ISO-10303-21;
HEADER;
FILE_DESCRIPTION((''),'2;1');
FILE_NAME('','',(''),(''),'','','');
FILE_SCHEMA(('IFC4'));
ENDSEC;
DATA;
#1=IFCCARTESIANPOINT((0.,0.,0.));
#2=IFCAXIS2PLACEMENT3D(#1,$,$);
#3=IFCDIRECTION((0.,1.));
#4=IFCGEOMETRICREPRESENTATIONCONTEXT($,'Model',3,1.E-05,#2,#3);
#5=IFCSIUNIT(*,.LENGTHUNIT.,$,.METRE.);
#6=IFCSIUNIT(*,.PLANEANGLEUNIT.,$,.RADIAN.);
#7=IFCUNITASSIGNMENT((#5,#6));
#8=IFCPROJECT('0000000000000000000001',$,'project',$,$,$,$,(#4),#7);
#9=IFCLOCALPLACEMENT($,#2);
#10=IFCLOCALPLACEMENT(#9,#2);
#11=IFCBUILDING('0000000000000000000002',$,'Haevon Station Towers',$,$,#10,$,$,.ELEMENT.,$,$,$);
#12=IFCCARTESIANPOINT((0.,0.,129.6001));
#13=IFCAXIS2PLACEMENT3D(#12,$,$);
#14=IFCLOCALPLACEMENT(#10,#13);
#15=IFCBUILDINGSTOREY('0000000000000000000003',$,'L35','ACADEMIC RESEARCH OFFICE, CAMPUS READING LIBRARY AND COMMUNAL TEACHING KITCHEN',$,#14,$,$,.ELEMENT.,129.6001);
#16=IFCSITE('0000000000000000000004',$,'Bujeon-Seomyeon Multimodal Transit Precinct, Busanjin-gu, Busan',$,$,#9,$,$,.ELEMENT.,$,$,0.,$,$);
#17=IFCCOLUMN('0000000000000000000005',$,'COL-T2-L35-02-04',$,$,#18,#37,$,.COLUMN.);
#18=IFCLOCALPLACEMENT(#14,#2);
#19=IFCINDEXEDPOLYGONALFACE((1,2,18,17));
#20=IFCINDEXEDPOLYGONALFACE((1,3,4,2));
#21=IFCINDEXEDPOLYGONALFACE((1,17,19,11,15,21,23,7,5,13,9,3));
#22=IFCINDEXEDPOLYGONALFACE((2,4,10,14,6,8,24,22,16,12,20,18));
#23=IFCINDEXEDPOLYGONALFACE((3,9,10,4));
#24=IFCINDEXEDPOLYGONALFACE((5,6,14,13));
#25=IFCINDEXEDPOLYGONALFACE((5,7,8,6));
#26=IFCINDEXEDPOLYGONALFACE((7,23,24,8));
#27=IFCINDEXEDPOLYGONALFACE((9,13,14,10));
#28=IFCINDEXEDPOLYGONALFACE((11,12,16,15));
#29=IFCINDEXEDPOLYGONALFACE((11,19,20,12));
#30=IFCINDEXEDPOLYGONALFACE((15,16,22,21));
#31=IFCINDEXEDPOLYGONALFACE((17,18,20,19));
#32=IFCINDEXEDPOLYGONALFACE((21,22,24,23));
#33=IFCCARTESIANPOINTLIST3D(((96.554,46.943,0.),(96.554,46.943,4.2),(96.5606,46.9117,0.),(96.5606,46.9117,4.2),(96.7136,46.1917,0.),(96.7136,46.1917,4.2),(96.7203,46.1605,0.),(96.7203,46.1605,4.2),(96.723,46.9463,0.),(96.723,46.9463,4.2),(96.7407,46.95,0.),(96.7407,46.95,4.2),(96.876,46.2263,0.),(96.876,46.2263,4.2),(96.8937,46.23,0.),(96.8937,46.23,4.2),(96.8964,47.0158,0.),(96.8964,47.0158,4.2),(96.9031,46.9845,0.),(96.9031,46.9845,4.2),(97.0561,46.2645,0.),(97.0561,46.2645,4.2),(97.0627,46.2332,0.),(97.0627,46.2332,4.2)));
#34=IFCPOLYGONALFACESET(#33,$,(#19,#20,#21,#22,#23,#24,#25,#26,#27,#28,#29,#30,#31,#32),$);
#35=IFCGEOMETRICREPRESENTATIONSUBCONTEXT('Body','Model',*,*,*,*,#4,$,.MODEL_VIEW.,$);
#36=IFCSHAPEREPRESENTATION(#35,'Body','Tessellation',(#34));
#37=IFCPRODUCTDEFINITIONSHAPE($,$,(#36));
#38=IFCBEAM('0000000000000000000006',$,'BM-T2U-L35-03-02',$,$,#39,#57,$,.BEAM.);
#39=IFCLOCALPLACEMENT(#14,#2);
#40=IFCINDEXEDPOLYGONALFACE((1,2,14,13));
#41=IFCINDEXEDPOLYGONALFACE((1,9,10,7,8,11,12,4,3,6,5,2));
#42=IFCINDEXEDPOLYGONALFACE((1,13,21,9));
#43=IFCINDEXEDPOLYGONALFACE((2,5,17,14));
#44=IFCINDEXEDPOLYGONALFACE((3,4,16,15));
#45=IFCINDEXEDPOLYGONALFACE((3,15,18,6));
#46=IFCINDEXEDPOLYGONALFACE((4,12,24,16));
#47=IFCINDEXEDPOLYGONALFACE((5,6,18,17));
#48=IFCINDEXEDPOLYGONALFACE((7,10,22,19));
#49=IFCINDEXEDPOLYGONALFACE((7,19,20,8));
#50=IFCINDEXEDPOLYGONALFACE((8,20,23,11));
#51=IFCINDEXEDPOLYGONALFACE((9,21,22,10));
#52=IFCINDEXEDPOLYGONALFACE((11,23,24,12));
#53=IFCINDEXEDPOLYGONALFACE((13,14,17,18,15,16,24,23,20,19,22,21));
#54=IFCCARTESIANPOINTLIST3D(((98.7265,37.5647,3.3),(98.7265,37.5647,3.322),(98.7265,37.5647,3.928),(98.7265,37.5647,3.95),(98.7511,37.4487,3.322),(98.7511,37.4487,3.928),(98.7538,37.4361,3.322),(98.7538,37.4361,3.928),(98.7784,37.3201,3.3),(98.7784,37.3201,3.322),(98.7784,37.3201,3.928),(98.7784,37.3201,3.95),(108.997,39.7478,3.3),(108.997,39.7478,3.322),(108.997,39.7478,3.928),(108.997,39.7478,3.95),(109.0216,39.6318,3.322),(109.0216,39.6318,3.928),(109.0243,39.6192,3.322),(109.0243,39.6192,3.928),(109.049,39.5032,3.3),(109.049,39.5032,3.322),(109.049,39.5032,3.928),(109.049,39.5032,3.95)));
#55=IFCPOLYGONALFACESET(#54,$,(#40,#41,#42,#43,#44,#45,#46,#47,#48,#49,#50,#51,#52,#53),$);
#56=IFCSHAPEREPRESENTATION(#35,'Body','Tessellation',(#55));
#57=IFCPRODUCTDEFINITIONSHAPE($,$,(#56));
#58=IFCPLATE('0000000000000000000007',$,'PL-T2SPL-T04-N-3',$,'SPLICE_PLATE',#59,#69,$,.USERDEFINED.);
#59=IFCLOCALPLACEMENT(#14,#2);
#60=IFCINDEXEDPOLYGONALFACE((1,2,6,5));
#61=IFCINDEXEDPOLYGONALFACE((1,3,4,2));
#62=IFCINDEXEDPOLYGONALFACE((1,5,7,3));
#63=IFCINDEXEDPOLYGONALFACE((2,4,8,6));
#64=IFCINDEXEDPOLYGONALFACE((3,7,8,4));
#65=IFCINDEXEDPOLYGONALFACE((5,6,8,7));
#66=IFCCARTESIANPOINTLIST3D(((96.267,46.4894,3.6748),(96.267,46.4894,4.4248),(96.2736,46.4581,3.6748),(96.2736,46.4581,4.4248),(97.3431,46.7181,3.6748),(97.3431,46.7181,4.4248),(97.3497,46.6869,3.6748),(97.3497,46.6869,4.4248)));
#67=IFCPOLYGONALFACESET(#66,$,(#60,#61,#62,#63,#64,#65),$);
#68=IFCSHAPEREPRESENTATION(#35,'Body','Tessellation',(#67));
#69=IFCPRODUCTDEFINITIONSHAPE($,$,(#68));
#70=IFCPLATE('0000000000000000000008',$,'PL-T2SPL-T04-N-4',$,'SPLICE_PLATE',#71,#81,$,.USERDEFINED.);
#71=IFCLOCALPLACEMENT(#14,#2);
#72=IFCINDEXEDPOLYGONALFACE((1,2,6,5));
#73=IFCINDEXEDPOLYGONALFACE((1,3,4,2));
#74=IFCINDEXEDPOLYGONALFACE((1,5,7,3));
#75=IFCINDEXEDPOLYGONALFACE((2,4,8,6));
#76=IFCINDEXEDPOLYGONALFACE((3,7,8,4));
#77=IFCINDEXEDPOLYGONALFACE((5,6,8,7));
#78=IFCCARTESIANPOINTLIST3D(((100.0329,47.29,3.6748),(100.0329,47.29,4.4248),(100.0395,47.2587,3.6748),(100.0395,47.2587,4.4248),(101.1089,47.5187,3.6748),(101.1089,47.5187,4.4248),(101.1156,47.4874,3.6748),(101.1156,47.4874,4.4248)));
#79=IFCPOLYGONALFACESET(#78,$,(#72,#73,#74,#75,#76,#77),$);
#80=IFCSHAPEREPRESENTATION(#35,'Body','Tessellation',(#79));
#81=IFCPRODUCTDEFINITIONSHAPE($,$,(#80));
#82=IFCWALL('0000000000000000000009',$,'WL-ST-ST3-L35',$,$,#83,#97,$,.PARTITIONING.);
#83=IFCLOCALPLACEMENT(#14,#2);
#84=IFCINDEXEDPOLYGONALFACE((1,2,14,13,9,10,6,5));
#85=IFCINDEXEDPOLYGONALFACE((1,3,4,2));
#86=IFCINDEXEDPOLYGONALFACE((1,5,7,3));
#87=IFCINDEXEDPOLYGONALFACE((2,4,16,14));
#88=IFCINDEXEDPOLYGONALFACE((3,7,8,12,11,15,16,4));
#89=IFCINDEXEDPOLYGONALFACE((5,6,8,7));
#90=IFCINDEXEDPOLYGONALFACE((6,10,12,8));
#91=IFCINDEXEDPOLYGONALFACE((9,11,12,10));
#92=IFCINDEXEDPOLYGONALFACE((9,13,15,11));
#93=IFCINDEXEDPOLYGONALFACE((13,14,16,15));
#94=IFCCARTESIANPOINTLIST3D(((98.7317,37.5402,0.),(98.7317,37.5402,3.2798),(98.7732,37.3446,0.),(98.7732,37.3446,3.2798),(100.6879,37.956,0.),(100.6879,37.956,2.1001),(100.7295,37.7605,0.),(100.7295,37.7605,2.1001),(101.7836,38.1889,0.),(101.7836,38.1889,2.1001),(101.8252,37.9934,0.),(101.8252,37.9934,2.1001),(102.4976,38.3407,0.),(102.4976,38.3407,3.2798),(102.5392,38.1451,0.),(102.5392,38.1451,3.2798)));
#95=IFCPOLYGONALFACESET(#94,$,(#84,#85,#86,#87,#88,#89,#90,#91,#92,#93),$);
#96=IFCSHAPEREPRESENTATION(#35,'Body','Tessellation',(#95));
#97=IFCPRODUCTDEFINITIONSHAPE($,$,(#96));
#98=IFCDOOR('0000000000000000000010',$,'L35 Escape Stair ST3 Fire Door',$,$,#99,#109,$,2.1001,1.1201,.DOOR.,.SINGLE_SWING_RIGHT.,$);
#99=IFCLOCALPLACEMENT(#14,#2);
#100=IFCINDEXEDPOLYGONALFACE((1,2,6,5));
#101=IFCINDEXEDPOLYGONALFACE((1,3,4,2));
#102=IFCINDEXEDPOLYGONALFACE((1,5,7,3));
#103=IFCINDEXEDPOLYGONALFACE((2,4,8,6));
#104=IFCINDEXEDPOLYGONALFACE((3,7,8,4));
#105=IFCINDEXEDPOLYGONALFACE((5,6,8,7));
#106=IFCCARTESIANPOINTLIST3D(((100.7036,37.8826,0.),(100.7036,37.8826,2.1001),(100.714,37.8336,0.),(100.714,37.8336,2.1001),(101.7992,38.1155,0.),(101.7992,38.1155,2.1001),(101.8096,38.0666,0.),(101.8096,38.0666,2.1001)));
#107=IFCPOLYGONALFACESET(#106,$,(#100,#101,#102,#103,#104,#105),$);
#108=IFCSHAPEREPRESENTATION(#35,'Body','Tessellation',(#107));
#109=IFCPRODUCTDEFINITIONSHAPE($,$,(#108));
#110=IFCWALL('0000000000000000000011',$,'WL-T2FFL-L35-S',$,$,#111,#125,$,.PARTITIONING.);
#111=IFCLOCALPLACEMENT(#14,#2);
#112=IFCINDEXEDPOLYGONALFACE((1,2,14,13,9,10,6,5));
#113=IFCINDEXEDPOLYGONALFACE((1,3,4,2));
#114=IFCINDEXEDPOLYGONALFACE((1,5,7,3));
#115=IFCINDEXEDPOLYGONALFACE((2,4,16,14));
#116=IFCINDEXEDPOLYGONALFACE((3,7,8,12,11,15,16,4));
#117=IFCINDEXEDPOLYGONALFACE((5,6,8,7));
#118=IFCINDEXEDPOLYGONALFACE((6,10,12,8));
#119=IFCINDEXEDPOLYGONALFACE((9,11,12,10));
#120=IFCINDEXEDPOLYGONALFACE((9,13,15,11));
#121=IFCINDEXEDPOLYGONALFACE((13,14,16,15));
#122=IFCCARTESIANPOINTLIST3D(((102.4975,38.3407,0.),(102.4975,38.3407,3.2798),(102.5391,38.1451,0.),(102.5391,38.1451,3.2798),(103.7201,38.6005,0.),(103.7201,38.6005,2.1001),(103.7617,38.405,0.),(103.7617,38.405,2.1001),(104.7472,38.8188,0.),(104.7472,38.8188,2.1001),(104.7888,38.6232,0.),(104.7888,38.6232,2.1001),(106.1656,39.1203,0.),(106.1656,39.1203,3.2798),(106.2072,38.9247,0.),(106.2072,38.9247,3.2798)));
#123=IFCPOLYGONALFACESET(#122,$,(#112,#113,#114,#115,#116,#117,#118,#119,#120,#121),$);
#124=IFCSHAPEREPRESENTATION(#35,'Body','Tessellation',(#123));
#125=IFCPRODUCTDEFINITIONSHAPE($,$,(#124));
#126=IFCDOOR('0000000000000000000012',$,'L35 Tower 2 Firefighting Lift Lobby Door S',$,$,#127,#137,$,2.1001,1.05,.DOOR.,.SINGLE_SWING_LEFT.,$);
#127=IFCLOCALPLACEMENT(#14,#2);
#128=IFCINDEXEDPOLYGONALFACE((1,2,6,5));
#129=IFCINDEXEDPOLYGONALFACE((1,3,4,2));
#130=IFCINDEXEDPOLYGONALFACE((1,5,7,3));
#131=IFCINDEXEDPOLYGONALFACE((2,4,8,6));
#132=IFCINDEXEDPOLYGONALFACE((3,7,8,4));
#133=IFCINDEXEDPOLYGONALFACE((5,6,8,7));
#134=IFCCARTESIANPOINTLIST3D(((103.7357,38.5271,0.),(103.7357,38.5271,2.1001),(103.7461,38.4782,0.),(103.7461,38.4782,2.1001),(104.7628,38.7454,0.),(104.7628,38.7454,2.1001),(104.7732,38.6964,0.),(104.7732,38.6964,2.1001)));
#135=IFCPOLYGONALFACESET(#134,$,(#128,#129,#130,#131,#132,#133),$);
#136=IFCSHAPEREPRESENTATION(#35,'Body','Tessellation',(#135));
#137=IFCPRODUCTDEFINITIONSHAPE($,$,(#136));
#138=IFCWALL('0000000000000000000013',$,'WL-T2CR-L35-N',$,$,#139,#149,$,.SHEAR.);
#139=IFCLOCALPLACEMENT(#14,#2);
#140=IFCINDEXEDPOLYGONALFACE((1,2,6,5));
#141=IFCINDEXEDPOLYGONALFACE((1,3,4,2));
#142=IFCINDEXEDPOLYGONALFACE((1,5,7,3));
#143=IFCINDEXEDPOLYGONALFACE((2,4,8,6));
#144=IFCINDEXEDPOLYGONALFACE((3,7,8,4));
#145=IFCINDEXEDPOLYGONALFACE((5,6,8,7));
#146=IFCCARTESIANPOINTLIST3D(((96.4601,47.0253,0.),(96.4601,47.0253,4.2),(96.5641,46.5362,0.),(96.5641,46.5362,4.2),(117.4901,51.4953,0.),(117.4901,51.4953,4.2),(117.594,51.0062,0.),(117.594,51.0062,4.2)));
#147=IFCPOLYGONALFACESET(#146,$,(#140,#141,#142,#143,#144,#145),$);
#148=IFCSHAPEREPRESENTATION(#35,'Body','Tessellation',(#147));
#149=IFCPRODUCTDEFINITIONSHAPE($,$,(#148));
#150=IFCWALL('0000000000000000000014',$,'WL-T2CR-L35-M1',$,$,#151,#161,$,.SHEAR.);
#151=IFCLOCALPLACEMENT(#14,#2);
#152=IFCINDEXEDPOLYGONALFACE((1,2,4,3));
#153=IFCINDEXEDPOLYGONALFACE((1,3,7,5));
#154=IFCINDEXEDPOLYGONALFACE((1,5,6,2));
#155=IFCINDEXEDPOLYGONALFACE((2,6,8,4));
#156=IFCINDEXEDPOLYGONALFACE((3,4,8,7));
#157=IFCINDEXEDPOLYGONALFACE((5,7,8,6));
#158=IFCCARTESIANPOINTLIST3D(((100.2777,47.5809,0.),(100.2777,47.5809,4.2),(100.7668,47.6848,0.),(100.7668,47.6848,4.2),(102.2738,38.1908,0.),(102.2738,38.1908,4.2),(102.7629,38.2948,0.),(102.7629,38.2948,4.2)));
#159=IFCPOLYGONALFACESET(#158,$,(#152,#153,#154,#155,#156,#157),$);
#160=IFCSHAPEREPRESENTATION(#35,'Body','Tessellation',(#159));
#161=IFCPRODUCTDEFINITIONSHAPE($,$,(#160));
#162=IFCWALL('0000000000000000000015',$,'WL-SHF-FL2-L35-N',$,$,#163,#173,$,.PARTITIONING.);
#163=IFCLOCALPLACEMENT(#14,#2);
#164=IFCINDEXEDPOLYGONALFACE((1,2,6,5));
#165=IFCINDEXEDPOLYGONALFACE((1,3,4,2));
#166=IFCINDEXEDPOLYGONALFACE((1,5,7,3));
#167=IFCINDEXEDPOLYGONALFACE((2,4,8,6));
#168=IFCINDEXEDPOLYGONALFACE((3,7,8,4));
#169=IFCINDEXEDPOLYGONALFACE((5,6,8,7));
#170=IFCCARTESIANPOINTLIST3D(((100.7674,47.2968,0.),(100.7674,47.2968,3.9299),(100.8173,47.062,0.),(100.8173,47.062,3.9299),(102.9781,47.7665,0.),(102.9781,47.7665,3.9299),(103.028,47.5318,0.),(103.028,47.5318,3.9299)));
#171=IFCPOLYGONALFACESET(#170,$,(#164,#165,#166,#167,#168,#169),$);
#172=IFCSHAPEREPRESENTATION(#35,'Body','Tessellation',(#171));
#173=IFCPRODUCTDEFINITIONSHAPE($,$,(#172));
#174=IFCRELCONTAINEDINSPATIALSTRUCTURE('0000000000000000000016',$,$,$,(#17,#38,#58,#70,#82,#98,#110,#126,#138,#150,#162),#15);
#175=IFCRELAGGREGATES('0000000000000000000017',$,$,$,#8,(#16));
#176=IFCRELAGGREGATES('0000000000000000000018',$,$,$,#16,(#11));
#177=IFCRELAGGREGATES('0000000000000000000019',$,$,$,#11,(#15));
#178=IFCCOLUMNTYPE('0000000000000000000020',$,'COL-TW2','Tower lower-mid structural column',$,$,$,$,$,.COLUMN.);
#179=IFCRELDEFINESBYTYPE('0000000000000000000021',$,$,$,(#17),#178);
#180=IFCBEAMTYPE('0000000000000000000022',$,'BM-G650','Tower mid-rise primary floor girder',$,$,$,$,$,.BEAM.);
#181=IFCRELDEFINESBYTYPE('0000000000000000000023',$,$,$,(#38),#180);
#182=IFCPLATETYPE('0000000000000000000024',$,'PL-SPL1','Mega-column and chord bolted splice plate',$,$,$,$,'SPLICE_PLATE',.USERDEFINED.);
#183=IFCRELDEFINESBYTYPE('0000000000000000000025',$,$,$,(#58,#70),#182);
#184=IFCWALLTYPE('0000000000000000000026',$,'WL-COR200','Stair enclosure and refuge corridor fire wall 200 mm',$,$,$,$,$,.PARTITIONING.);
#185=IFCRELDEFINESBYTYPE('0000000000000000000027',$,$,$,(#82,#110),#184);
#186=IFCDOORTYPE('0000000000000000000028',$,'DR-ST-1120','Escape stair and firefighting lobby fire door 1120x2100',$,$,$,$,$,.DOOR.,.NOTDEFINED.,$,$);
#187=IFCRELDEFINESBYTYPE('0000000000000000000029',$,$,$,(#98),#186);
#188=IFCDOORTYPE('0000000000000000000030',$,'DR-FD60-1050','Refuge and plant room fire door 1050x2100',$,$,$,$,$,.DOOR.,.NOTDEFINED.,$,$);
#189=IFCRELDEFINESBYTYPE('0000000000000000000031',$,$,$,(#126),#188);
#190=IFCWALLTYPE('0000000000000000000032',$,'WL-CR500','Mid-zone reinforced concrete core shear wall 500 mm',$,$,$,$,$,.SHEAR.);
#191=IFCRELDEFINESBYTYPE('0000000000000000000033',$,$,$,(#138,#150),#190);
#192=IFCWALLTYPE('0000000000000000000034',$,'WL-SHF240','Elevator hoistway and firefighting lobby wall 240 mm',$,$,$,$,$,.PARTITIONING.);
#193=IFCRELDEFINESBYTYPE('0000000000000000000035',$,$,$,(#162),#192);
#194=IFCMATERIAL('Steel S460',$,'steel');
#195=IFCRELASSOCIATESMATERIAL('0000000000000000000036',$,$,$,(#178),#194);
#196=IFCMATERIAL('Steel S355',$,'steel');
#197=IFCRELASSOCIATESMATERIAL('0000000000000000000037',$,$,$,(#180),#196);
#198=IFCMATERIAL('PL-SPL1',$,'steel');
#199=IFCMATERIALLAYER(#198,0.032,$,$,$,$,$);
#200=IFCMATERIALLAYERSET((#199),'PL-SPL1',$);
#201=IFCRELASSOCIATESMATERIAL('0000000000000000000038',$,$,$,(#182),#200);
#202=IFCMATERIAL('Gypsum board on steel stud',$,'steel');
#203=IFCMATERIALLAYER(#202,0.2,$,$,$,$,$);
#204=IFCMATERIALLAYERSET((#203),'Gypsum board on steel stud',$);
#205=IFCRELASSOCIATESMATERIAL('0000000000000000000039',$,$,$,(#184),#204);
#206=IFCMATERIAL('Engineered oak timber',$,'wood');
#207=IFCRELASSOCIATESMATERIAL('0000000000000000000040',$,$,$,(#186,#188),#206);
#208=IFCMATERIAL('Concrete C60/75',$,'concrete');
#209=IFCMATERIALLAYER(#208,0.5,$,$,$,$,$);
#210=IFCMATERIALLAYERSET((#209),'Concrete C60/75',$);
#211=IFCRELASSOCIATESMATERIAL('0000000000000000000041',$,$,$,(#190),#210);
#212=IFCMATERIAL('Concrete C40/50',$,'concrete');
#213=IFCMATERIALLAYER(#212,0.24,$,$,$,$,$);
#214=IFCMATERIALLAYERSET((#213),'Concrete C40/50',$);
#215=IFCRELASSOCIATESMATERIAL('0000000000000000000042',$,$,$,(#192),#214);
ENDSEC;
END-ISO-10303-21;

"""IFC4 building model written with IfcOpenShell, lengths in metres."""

from ifc_helpers import new_model, si_unit, direction, frame, frame_2d, origin, origin_2d, place, context, subcontext, project, spatial, rectangle, i_section, extrude, material, layer, layer_set, material_profile, profile_set, type_object, element, fill, save


model = new_model("IFC4")

# Units and contexts
model_context = context("Model", 3, precision=1e-05, world=origin(), true_north=direction((0.0, 1.0)))
body_context = subcontext(model_context, "Body", "Model", "MODEL_VIEW")
ifc_project = project(units=[si_unit("LENGTHUNIT", "METRE"), si_unit("PLANEANGLEUNIT", "RADIAN")], contexts=[model_context])

# Site, building, storey
site_placement = place(None, origin())
site = spatial("IfcSite", under=ifc_project, at=site_placement, Name="Bujeon-Seomyeon Multimodal Transit Precinct, Busanjin-gu, Busan", CompositionType="ELEMENT", RefElevation=0.0)
building_placement = place(site_placement, origin())
building = spatial("IfcBuilding", under=site, at=building_placement, Name="Haevon Station Towers", CompositionType="ELEMENT")
storey_placement = place(building_placement, frame((0.0, 0.0, 129.6001)))
storey = spatial("IfcBuildingStorey", under=building, at=storey_placement, Name="L35", Description="ACADEMIC RESEARCH OFFICE, CAMPUS READING LIBRARY AND COMMUNAL TEACHING KITCHEN", CompositionType="ELEMENT", Elevation=129.6001)

# Column
ifc_material_1 = material(Name="Steel S460", Category="steel")
ifc_material_profile_1 = material_profile(ifc_material_1, i_section(OverallWidth=0.3501, OverallDepth=0.8, WebThickness=0.0181, FlangeThickness=0.032, at=origin_2d()), Name="H-800x350x18x32")
ifc_profile_set_1 = profile_set([ifc_material_profile_1], Name="Steel S460")
column_type = type_object("IfcColumnType", Name="COL-TW2", Description="Tower lower-mid structural column", PredefinedType="COLUMN", material=ifc_profile_set_1)
column_placement = place(storey_placement, frame((96.8083, 46.5881, 0.0), z_axis=(0.0, 0.0, 1.0), x_axis=(0.978148, 0.207912, 0.0)))
element("IfcColumn", 1, at=column_placement, inside=storey, type_object=column_type, Name="COL-T2-L35-02-04", PredefinedType="COLUMN", context=body_context, shape_type="SweptSolid", body=[
    extrude(i_section(OverallWidth=0.3501, OverallDepth=0.8, WebThickness=0.0181, FlangeThickness=0.032, at=origin_2d()), origin(), (0.0, 0.0, 1.0), 4.2),
])

# Beam
ifc_material_2 = material(Name="Steel S355", Category="steel")
ifc_material_profile_2 = material_profile(ifc_material_2, i_section(OverallWidth=0.25, OverallDepth=0.6499, WebThickness=0.0129, FlangeThickness=0.022, at=origin_2d()), Name="H-650x250x13x22")
ifc_profile_set_2 = profile_set([ifc_material_profile_2], Name="Steel S355")
beam_type = type_object("IfcBeamType", Name="BM-G650", Description="Tower mid-rise primary floor girder", PredefinedType="BEAM", material=ifc_profile_set_2)
beam_placement = place(storey_placement, frame((98.7524, 37.4424, 3.625), z_axis=(0.978147, 0.207915, 0.0), x_axis=(-0.207915, 0.978147, 0.0)))
element("IfcBeam", 2, at=beam_placement, inside=storey, type_object=beam_type, Name="BM-T2U-L35-03-02", PredefinedType="BEAM", context=body_context, shape_type="SweptSolid", body=[
    extrude(i_section(OverallWidth=0.25, OverallDepth=0.6499, WebThickness=0.0129, FlangeThickness=0.022, at=origin_2d()), origin(), (0.0, 0.0, 1.0), 10.5),
])

# Plates
ifc_material_3 = material(Name="PL-SPL1", Category="steel")
ifc_layer_1 = layer(ifc_material_3, 0.032)
ifc_layer_set_1 = layer_set([ifc_layer_1], Name="PL-SPL1")
plate_type = type_object("IfcPlateType", Name="PL-SPL1", Description="Mega-column and chord bolted splice plate", ElementType="SPLICE_PLATE", PredefinedType="USERDEFINED", material=ifc_layer_set_1)
for number, where, z_axis, x_axis, name in (
    (3, (96.8083, 46.5881, 3.6748), (0.0, 0.0, 1.0), (0.978148, 0.207912, 0.0), "PL-T2SPL-T04-N-3"),
    (4, (100.5742, 47.3887, 3.6748), (0.0, 0.0, 1.0), (0.978148, 0.207912, 0.0), "PL-T2SPL-T04-N-4"),
):
    element("IfcPlate", number, at=place(storey_placement, frame(where, z_axis=z_axis, x_axis=x_axis)), inside=storey, type_object=plate_type, Name=name, ObjectType="SPLICE_PLATE", PredefinedType="USERDEFINED", context=body_context, shape_type="SweptSolid", body=[
        extrude(rectangle(XDim=1.1001, YDim=0.032, at=origin_2d()), origin(), (0.0, 0.0, 1.0), 0.75),
    ])

# Walls, openings, doors
ifc_material_4 = material(Name="Gypsum board on steel stud", Category="steel")
ifc_layer_2 = layer(ifc_material_4, 0.2)
ifc_layer_set_2 = layer_set([ifc_layer_2], Name="Gypsum board on steel stud")
wall_type_1 = type_object("IfcWallType", Name="WL-COR200", Description="Stair enclosure and refuge corridor fire wall 200 mm", PredefinedType="PARTITIONING", material=ifc_layer_set_2)
wall_1_placement = place(storey_placement, frame((98.7524, 37.4424, 0.0), z_axis=(0.0, 0.0, 1.0), x_axis=(0.978144, 0.207931, 0.0)))
wall_1 = element("IfcWall", 5, at=wall_1_placement, inside=storey, type_object=wall_type_1, Name="WL-ST-ST3-L35", PredefinedType="PARTITIONING", context=body_context, shape_type="SweptSolid", body=[
    extrude(rectangle(XDim=3.8501, YDim=0.2, at=frame_2d((1.925, 0.0))), origin(), (0.0, 0.0, 1.0), 3.2798),
])
opening_1_placement = place(wall_1_placement, frame((2.0, 0.0, 0.0)))
opening_1 = element("IfcOpeningElement", 6, at=opening_1_placement, cuts=wall_1, PredefinedType="OPENING", context=body_context, shape_type="SweptSolid", body=[
    extrude(rectangle(XDim=1.1201, YDim=2.1001, at=frame_2d((0.5601, 1.05))), frame((0.0, 0.1099, 0.0), z_axis=(0.0, -1.0, 0.0), x_axis=(1.0, 0.0, 0.0)), (0.0, 0.0, 1.0), 0.22),
])
ifc_material_5 = material(Name="Engineered oak timber", Category="wood")
door_type_1 = type_object("IfcDoorType", Name="DR-ST-1120", Description="Escape stair and firefighting lobby fire door 1120x2100", OperationType="NOTDEFINED", PredefinedType="DOOR", material=ifc_material_5)
door_1_placement = place(opening_1_placement, origin())
door_1 = element("IfcDoor", 7, at=door_1_placement, inside=storey, type_object=door_type_1, Name="L35 Escape Stair ST3 Fire Door", OperationType="SINGLE_SWING_RIGHT", OverallHeight=2.1001, OverallWidth=1.1201, PredefinedType="DOOR", context=body_context, shape_type="SweptSolid", body=[
    extrude(rectangle(XDim=1.1201, YDim=2.1001, at=frame_2d((0.5601, 1.05))), frame((0.0, 0.0249, 0.0), z_axis=(0.0, -1.0, 0.0), x_axis=(1.0, 0.0, 0.0)), (0.0, 0.0, 1.0), 0.05),
])
fill(opening_1, door_1)
wall_2_placement = place(storey_placement, frame((102.5183, 38.2429, 0.0), z_axis=(0.0, 0.0, 1.0), x_axis=(0.978154, 0.207884, 0.0)))
wall_2 = element("IfcWall", 8, at=wall_2_placement, inside=storey, type_object=wall_type_1, Name="WL-T2FFL-L35-S", PredefinedType="PARTITIONING", context=body_context, shape_type="SweptSolid", body=[
    extrude(rectangle(XDim=3.75, YDim=0.2, at=frame_2d((1.875, 0.0))), origin(), (0.0, 0.0, 1.0), 3.2798),
])
opening_2_placement = place(wall_2_placement, frame((1.25, 0.0, 0.0)))
opening_2 = element("IfcOpeningElement", 9, at=opening_2_placement, cuts=wall_2, PredefinedType="OPENING", context=body_context, shape_type="SweptSolid", body=[
    extrude(rectangle(XDim=1.05, YDim=2.1001, at=frame_2d((0.5249, 1.05))), frame((0.0, 0.1099, 0.0), z_axis=(0.0, -1.0, 0.0), x_axis=(1.0, 0.0, 0.0)), (0.0, 0.0, 1.0), 0.22),
])
door_type_2 = type_object("IfcDoorType", Name="DR-FD60-1050", Description="Refuge and plant room fire door 1050x2100", OperationType="NOTDEFINED", PredefinedType="DOOR", material=ifc_material_5)
door_2_placement = place(opening_2_placement, origin())
door_2 = element("IfcDoor", 10, at=door_2_placement, inside=storey, type_object=door_type_2, Name="L35 Tower 2 Firefighting Lift Lobby Door S", OperationType="SINGLE_SWING_LEFT", OverallHeight=2.1001, OverallWidth=1.05, PredefinedType="DOOR", context=body_context, shape_type="SweptSolid", body=[
    extrude(rectangle(XDim=1.05, YDim=2.1001, at=frame_2d((0.5249, 1.05))), frame((0.0, 0.0249, 0.0), z_axis=(0.0, -1.0, 0.0), x_axis=(1.0, 0.0, 0.0)), (0.0, 0.0, 1.0), 0.05),
])
fill(opening_2, door_2)

# Walls
ifc_material_6 = material(Name="Concrete C60/75", Category="concrete")
ifc_layer_3 = layer(ifc_material_6, 0.5)
ifc_layer_set_3 = layer_set([ifc_layer_3], Name="Concrete C60/75")
wall_type_2 = type_object("IfcWallType", Name="WL-CR500", Description="Mid-zone reinforced concrete core shear wall 500 mm", PredefinedType="SHEAR", material=ifc_layer_set_3)
wall_3_placement = place(storey_placement, frame((96.512, 46.7808, 0.0), z_axis=(0.0, 0.0, 1.0), x_axis=(0.978149, 0.207907, 0.0)))
element("IfcWall", 11, at=wall_3_placement, inside=storey, type_object=wall_type_2, Name="WL-T2CR-L35-N", PredefinedType="SHEAR", context=body_context, shape_type="SweptSolid", body=[
    extrude(rectangle(XDim=21.4998, YDim=0.5, at=frame_2d((10.75, 0.0))), origin(), (0.0, 0.0, 1.0), 4.2),
])
wall_4_placement = place(storey_placement, frame((102.5183, 38.2429, 0.0), z_axis=(0.0, 0.0, 1.0), x_axis=(-0.207927, 0.978144, 0.0)))
element("IfcWall", 12, at=wall_4_placement, inside=storey, type_object=wall_type_2, Name="WL-T2CR-L35-M1", PredefinedType="SHEAR", context=body_context, shape_type="SweptSolid", body=[
    extrude(rectangle(XDim=9.5999, YDim=0.5, at=frame_2d((4.7998, 0.0))), origin(), (0.0, 0.0, 1.0), 4.2),
])

# Shared definitions
ifc_material_7 = material(Name="Concrete C40/50", Category="concrete")
ifc_layer_4 = layer(ifc_material_7, 0.24)
ifc_layer_set_4 = layer_set([ifc_layer_4], Name="Concrete C40/50")
wall_type_3 = type_object("IfcWallType", Name="WL-SHF240", Description="Elevator hoistway and firefighting lobby wall 240 mm", PredefinedType="PARTITIONING", material=ifc_layer_set_4)

# Wall
wall_5_placement = place(storey_placement, frame((100.7925, 47.1794, 0.0), z_axis=(0.0, 0.0, 1.0), x_axis=(0.978163, 0.207839, 0.0)))
element("IfcWall", 13, at=wall_5_placement, inside=storey, type_object=wall_type_3, Name="WL-SHF-FL2-L35-N", PredefinedType="PARTITIONING", context=body_context, shape_type="SweptSolid", body=[
    extrude(rectangle(XDim=2.26, YDim=0.24, at=frame_2d((1.1299, 0.0))), origin(), (0.0, 0.0, 1.0), 3.9299),
])

save(model, "model.ifc")
